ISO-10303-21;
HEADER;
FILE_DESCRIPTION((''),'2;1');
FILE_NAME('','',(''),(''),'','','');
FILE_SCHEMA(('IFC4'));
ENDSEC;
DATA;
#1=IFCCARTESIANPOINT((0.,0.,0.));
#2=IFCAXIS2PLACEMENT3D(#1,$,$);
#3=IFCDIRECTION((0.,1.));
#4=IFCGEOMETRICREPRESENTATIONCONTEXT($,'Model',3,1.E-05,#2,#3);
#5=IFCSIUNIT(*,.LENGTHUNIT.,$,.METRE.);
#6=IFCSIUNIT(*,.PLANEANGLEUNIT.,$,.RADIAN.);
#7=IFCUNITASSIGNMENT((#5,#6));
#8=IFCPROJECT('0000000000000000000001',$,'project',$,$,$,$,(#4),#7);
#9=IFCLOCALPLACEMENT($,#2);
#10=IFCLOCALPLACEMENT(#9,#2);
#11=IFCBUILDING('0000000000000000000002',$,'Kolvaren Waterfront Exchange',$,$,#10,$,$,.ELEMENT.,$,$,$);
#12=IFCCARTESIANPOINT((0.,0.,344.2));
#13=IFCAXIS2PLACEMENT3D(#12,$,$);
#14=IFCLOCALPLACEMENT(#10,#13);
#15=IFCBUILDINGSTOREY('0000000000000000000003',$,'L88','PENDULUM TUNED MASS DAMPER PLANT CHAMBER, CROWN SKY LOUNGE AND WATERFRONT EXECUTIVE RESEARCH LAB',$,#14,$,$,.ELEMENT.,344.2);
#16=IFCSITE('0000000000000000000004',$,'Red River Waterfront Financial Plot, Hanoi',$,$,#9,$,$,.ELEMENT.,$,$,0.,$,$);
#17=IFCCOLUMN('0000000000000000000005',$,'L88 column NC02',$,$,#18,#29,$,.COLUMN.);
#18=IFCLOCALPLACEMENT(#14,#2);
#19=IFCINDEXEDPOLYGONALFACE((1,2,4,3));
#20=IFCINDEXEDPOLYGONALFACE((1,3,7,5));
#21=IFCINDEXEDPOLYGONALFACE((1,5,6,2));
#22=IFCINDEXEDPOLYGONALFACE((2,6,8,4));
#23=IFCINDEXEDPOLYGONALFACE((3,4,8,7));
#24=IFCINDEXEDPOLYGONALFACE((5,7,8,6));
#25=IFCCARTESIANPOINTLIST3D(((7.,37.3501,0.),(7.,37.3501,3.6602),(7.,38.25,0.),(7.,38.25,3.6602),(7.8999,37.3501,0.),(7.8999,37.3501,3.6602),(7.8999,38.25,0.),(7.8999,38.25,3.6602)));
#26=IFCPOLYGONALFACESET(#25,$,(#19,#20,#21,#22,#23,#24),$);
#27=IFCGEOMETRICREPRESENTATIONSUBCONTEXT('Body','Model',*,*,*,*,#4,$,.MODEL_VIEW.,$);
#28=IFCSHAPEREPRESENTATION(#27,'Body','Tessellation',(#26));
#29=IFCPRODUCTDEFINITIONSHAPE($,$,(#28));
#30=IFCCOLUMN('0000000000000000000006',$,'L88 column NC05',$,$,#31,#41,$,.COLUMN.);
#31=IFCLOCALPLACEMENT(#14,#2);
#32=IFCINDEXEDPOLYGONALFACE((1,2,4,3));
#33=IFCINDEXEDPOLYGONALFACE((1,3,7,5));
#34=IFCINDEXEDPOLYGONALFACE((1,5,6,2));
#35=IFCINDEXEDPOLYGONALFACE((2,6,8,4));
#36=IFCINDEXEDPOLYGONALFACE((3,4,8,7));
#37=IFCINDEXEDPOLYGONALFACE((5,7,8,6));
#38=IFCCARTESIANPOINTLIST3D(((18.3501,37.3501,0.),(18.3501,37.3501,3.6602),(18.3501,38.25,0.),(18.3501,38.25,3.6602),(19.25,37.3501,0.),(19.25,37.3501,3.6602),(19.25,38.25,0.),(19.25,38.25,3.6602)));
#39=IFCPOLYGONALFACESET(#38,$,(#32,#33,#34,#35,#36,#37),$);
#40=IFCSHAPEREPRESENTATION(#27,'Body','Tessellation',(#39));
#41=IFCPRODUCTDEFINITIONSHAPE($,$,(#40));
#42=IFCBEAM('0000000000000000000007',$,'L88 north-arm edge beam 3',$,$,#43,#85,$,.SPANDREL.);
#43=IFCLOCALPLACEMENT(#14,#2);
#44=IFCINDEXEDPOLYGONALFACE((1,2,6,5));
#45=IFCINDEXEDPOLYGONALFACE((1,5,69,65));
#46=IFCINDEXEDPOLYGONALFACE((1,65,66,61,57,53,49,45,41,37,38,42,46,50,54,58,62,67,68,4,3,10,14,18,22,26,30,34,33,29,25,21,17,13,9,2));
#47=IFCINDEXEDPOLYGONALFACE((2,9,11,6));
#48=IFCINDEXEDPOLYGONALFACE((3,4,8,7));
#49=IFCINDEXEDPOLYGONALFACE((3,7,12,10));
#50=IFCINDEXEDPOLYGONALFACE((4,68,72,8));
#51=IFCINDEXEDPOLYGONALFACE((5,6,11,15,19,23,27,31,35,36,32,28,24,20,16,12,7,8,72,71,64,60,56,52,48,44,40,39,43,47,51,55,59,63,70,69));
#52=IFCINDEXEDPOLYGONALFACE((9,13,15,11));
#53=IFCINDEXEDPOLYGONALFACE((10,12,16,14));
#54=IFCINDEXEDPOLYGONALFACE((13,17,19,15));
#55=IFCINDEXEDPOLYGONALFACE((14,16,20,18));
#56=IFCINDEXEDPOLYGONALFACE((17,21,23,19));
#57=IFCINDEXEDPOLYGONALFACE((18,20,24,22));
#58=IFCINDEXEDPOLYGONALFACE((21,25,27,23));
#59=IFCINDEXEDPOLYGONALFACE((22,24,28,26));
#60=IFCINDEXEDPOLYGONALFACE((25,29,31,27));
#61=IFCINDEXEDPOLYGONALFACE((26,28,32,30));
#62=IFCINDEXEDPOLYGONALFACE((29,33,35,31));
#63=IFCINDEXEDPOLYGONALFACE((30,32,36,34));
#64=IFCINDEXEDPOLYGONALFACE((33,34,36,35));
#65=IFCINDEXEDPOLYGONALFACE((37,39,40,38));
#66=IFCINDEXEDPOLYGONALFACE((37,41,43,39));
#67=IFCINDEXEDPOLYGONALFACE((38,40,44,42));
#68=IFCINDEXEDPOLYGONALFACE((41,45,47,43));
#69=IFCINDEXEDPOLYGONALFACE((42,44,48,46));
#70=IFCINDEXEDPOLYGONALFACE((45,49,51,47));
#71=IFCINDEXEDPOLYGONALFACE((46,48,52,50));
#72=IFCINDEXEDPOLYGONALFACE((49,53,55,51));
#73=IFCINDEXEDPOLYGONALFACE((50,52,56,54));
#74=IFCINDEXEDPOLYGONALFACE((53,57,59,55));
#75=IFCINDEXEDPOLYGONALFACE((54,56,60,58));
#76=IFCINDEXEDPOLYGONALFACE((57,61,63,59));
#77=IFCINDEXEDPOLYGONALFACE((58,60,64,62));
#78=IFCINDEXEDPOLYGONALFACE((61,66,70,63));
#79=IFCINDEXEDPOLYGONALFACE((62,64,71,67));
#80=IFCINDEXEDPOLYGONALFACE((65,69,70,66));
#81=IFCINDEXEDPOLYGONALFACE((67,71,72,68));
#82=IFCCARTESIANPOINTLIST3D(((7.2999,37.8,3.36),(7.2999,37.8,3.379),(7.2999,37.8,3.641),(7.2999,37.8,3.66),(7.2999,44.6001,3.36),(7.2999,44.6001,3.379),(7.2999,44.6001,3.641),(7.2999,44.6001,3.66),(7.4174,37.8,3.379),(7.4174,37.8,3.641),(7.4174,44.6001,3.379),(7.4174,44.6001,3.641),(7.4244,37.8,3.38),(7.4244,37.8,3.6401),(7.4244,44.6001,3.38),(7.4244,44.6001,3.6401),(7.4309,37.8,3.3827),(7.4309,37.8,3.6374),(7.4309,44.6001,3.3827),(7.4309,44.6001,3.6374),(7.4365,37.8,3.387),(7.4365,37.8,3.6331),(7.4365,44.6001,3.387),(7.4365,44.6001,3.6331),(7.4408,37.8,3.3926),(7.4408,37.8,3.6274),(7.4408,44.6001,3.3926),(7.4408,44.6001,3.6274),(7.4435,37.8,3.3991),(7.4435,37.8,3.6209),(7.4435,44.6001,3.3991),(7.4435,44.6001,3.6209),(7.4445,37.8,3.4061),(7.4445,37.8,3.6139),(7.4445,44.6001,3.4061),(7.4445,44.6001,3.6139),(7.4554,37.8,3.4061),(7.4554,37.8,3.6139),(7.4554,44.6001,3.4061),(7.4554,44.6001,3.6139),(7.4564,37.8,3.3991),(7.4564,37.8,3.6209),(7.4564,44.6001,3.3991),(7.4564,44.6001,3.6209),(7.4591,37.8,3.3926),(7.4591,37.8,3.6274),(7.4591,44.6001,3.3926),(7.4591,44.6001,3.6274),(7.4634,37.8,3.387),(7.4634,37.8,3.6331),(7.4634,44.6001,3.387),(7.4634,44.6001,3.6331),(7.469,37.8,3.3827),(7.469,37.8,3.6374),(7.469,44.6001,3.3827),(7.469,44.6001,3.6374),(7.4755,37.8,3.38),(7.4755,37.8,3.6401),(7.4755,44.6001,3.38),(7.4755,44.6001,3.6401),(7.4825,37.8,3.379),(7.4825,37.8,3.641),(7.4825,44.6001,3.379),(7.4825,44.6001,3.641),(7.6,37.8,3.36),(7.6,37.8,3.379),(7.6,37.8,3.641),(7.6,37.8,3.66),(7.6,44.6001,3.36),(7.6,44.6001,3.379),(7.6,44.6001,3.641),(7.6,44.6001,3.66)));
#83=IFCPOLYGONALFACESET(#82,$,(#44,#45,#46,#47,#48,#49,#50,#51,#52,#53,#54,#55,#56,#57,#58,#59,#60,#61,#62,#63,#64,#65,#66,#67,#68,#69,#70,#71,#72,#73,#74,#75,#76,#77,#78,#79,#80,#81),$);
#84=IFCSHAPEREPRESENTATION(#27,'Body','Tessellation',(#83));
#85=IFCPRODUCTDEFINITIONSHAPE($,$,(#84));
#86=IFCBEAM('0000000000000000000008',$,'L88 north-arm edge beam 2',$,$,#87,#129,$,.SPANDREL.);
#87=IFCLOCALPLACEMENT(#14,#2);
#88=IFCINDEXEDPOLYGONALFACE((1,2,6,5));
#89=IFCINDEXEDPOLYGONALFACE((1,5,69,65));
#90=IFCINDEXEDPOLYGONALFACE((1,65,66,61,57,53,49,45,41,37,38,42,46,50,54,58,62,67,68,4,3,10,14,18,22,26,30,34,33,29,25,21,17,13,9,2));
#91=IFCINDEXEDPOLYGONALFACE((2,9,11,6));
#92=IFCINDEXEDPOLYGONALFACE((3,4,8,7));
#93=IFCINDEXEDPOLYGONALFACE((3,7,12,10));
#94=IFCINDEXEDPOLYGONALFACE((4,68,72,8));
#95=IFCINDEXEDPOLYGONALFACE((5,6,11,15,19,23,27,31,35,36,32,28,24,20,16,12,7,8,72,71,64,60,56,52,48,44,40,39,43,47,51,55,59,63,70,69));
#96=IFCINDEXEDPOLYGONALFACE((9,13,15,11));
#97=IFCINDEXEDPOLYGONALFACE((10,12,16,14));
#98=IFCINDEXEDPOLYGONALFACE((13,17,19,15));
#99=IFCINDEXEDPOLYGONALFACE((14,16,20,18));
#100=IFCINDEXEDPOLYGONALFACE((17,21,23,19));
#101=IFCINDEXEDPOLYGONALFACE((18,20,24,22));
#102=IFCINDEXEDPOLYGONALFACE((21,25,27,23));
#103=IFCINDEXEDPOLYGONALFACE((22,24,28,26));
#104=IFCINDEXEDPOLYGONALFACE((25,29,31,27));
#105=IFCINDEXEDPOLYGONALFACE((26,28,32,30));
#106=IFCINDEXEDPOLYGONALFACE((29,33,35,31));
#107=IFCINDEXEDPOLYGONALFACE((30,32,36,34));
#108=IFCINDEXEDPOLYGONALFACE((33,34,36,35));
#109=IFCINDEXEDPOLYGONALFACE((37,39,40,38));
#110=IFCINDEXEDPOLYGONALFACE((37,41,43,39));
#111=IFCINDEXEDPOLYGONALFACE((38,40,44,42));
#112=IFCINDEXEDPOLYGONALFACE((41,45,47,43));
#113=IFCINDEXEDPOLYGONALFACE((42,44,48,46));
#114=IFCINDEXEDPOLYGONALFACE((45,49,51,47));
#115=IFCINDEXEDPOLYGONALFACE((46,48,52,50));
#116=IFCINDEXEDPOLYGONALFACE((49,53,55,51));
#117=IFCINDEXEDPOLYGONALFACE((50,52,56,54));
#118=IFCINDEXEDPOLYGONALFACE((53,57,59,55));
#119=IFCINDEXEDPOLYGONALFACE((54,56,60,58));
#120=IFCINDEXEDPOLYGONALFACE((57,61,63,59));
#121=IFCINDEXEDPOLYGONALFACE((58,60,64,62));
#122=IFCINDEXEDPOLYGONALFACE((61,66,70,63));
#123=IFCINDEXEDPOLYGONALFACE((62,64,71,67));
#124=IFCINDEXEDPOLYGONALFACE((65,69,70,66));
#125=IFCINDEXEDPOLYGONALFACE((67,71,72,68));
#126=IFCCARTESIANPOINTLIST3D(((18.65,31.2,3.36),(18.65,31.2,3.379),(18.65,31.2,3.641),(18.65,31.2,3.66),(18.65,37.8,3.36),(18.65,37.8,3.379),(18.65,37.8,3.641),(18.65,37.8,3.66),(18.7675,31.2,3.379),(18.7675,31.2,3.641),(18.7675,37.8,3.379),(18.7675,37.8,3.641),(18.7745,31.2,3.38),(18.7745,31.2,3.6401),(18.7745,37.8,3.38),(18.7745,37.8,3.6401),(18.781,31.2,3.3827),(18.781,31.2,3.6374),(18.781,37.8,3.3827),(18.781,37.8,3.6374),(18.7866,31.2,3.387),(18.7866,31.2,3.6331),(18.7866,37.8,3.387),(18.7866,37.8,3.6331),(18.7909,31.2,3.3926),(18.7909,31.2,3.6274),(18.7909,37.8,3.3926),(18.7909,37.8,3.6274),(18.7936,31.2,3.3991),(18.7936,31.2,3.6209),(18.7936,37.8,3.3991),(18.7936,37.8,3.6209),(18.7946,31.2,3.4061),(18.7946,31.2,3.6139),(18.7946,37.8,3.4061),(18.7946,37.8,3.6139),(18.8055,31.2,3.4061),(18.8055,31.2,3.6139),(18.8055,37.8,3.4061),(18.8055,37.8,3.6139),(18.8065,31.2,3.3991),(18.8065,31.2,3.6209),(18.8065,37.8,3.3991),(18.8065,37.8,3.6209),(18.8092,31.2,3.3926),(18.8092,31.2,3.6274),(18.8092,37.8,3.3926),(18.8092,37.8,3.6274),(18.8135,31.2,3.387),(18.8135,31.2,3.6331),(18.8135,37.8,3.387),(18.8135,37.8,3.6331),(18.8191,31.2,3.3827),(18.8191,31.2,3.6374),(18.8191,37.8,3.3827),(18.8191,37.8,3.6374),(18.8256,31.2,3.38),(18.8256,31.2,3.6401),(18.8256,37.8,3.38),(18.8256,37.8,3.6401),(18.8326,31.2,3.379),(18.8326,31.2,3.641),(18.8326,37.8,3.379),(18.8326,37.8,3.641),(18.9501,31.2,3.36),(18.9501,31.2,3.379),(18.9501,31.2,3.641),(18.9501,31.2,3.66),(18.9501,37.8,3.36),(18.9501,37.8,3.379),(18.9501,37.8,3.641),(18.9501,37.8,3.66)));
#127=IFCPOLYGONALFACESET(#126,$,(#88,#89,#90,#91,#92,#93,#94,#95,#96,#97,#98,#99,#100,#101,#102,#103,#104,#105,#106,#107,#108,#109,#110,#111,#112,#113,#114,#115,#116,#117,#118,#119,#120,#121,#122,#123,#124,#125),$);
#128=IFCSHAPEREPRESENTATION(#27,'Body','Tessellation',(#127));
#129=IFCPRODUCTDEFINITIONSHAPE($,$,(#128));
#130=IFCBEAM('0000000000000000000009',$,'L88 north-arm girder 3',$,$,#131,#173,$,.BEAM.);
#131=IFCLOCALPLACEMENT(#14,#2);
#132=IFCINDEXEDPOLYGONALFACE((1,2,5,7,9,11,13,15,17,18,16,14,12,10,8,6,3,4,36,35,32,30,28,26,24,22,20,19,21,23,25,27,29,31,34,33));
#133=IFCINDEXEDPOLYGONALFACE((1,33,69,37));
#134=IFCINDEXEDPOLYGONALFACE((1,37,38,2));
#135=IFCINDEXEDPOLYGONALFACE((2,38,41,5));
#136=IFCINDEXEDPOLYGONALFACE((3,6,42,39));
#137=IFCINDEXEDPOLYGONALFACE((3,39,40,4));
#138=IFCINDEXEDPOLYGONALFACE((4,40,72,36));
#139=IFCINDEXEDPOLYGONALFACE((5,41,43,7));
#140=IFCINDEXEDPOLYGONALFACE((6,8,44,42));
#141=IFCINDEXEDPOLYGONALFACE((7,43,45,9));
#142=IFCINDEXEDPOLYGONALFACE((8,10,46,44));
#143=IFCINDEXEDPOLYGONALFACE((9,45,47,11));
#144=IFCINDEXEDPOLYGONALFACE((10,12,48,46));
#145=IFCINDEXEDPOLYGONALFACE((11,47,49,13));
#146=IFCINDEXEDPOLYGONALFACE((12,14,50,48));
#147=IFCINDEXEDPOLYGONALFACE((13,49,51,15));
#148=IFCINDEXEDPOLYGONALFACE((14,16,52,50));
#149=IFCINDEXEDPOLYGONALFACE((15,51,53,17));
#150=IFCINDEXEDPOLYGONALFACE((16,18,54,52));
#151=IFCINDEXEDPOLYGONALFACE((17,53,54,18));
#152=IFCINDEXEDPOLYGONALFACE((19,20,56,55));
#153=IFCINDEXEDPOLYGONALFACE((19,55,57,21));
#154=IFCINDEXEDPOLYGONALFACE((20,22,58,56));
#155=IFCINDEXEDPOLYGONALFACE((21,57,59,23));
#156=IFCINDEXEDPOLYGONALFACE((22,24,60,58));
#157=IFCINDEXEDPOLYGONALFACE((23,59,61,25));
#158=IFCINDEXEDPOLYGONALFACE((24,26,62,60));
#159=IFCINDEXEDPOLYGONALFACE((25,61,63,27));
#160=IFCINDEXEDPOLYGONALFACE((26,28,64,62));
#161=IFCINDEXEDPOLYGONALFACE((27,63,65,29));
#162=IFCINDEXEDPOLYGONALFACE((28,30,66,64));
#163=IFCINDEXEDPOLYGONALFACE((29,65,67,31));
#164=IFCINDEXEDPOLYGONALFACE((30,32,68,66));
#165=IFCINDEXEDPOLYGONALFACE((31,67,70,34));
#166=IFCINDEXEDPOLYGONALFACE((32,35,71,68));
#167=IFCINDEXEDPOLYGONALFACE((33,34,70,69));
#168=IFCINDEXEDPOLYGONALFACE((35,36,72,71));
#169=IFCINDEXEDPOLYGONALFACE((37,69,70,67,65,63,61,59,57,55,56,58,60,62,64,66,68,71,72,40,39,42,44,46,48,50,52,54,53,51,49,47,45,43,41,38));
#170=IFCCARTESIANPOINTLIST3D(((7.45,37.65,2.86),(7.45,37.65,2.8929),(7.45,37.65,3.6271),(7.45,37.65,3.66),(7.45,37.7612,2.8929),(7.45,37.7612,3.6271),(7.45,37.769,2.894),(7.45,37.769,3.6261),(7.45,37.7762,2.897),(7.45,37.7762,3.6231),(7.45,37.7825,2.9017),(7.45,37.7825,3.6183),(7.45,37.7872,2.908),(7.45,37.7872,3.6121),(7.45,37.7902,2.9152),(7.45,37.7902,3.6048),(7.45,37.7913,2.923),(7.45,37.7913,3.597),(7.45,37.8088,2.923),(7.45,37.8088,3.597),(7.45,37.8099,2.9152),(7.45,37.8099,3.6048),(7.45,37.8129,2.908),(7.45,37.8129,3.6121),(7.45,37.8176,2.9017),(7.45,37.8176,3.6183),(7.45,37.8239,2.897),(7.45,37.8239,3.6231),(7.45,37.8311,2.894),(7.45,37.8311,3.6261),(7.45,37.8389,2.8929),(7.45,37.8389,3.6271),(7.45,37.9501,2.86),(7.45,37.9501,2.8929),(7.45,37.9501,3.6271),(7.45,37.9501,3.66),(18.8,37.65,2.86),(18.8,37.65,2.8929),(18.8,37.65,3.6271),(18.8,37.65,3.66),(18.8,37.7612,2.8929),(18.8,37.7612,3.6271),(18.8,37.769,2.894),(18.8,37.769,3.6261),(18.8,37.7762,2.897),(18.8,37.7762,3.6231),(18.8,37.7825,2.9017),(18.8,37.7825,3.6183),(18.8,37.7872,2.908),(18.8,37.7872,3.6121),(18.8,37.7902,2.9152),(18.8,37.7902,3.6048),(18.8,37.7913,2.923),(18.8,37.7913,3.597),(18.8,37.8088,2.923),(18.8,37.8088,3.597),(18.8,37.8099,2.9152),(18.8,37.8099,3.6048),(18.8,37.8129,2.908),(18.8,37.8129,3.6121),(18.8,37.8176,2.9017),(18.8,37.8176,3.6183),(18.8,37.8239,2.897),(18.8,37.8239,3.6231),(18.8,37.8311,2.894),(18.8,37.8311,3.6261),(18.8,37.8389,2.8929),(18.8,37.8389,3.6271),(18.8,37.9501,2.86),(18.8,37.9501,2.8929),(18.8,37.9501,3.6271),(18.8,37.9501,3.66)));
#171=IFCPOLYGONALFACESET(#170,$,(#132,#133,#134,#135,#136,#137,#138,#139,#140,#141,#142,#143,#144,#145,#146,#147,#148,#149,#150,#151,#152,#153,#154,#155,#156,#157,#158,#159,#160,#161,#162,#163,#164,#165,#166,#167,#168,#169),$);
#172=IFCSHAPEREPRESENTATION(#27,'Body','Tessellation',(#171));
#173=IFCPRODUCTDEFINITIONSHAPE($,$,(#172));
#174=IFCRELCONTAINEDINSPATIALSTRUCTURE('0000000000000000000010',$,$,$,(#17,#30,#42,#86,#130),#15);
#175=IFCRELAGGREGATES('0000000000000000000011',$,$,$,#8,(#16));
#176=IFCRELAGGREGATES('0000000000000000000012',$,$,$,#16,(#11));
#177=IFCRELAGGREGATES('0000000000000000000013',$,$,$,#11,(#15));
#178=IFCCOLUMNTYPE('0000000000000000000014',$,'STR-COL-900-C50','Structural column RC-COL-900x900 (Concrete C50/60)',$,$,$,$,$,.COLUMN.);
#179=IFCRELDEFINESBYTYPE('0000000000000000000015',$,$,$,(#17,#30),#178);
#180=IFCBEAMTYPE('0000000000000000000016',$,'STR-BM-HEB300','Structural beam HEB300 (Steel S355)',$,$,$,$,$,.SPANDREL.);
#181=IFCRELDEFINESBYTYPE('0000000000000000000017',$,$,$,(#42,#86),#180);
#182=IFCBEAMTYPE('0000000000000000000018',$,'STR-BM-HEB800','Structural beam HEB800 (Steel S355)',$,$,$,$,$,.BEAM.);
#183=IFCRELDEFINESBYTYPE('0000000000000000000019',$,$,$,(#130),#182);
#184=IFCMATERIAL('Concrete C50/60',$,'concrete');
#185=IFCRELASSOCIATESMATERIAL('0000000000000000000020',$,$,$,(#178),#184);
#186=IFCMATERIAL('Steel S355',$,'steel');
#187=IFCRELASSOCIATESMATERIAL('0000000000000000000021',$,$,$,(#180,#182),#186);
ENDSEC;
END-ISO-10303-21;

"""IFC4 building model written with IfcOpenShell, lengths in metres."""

from ifc_helpers import new_model, si_unit, direction, frame, origin, origin_2d, place, context, subcontext, project, spatial, rectangle, i_section, extrude, material, material_profile, profile_set, type_object, element, save


model = new_model("IFC4")

# Units and contexts
model_context = context("Model", 3, precision=1e-05, world=origin(), true_north=direction((0.0, 1.0)))
body_context = subcontext(model_context, "Body", "Model", "MODEL_VIEW")
ifc_project = project(units=[si_unit("LENGTHUNIT", "METRE"), si_unit("PLANEANGLEUNIT", "RADIAN")], contexts=[model_context])

# Site, building, storey
site_placement = place(None, origin())
site = spatial("IfcSite", under=ifc_project, at=site_placement, Name="Red River Waterfront Financial Plot, Hanoi", CompositionType="ELEMENT", RefElevation=0.0)
building_placement = place(site_placement, origin())
building = spatial("IfcBuilding", under=site, at=building_placement, Name="Kolvaren Waterfront Exchange", CompositionType="ELEMENT")
storey_placement = place(building_placement, frame((0.0, 0.0, 344.2)))
storey = spatial("IfcBuildingStorey", under=building, at=storey_placement, Name="L88", Description="PENDULUM TUNED MASS DAMPER PLANT CHAMBER, CROWN SKY LOUNGE AND WATERFRONT EXECUTIVE RESEARCH LAB", CompositionType="ELEMENT", Elevation=344.2)

# Columns
ifc_material_1 = material(Name="Concrete C50/60", Category="concrete")
ifc_material_profile_1 = material_profile(ifc_material_1, rectangle(XDim=0.8999, YDim=0.8999, at=origin_2d()), Name="RC-COL-900x900")
ifc_profile_set_1 = profile_set([ifc_material_profile_1], Name="Concrete C50/60")
column_type = type_object("IfcColumnType", Name="STR-COL-900-C50", Description="Structural column RC-COL-900x900 (Concrete C50/60)", PredefinedType="COLUMN", material=ifc_profile_set_1)
for number, where, z_axis, x_axis, name in (
    (1, (7.45, 37.8, 0.0), (0.0, 0.0, 1.0), (1.0, 0.0, 0.0), "L88 column NC02"),
    (2, (18.8, 37.8, 0.0), (0.0, 0.0, 1.0), (1.0, 0.0, 0.0), "L88 column NC05"),
):
    element("IfcColumn", number, at=place(storey_placement, frame(where, z_axis=z_axis, x_axis=x_axis)), inside=storey, type_object=column_type, Name=name, PredefinedType="COLUMN", context=body_context, shape_type="SweptSolid", body=[
        extrude(rectangle(XDim=0.8999, YDim=0.8999, at=origin_2d()), origin(), (0.0, 0.0, 1.0), 3.6602),
    ])

# Beams
ifc_material_2 = material(Name="Steel S355", Category="steel")
ifc_material_profile_2 = material_profile(ifc_material_2, i_section(OverallWidth=0.3, OverallDepth=0.3, WebThickness=0.011, FlangeThickness=0.019, FilletRadius=0.0271, at=origin_2d()), Name="HEB300")
ifc_profile_set_2 = profile_set([ifc_material_profile_2], Name="Steel S355")
beam_type_1 = type_object("IfcBeamType", Name="STR-BM-HEB300", Description="Structural beam HEB300 (Steel S355)", PredefinedType="SPANDREL", material=ifc_profile_set_2)
beam_1_placement = place(storey_placement, frame((7.45, 37.8, 3.51), z_axis=(0.0, 1.0, 0.0), x_axis=(-1.0, 0.0, 0.0)))
element("IfcBeam", 3, at=beam_1_placement, inside=storey, type_object=beam_type_1, Name="L88 north-arm edge beam 3", PredefinedType="SPANDREL", context=body_context, shape_type="SweptSolid", body=[
    extrude(i_section(OverallWidth=0.3, OverallDepth=0.3, WebThickness=0.011, FlangeThickness=0.019, FilletRadius=0.0271, at=origin_2d()), origin(), (0.0, 0.0, 1.0), 6.8),
])
beam_2_placement = place(storey_placement, frame((18.8, 31.2, 3.51), z_axis=(0.0, 1.0, 0.0), x_axis=(-1.0, 0.0, 0.0)))
element("IfcBeam", 4, at=beam_2_placement, inside=storey, type_object=beam_type_1, Name="L88 north-arm edge beam 2", PredefinedType="SPANDREL", context=body_context, shape_type="SweptSolid", body=[
    extrude(i_section(OverallWidth=0.3, OverallDepth=0.3, WebThickness=0.011, FlangeThickness=0.019, FilletRadius=0.0271, at=origin_2d()), origin(), (0.0, 0.0, 1.0), 6.6001),
])
ifc_material_profile_3 = material_profile(ifc_material_2, i_section(OverallWidth=0.3, OverallDepth=0.8, WebThickness=0.0176, FlangeThickness=0.033, FilletRadius=0.03, at=origin_2d()), Name="HEB800")
ifc_profile_set_3 = profile_set([ifc_material_profile_3], Name="Steel S355")
beam_type_2 = type_object("IfcBeamType", Name="STR-BM-HEB800", Description="Structural beam HEB800 (Steel S355)", PredefinedType="BEAM", material=ifc_profile_set_3)
beam_3_placement = place(storey_placement, frame((7.45, 37.8, 3.26), z_axis=(1.0, 0.0, 0.0), x_axis=(0.0, 1.0, 0.0)))
element("IfcBeam", 5, at=beam_3_placement, inside=storey, type_object=beam_type_2, Name="L88 north-arm girder 3", PredefinedType="BEAM", context=body_context, shape_type="SweptSolid", body=[
    extrude(i_section(OverallWidth=0.3, OverallDepth=0.8, WebThickness=0.0176, FlangeThickness=0.033, FilletRadius=0.03, at=origin_2d()), origin(), (0.0, 0.0, 1.0), 11.3501),
])

save(model, "model.ifc")
